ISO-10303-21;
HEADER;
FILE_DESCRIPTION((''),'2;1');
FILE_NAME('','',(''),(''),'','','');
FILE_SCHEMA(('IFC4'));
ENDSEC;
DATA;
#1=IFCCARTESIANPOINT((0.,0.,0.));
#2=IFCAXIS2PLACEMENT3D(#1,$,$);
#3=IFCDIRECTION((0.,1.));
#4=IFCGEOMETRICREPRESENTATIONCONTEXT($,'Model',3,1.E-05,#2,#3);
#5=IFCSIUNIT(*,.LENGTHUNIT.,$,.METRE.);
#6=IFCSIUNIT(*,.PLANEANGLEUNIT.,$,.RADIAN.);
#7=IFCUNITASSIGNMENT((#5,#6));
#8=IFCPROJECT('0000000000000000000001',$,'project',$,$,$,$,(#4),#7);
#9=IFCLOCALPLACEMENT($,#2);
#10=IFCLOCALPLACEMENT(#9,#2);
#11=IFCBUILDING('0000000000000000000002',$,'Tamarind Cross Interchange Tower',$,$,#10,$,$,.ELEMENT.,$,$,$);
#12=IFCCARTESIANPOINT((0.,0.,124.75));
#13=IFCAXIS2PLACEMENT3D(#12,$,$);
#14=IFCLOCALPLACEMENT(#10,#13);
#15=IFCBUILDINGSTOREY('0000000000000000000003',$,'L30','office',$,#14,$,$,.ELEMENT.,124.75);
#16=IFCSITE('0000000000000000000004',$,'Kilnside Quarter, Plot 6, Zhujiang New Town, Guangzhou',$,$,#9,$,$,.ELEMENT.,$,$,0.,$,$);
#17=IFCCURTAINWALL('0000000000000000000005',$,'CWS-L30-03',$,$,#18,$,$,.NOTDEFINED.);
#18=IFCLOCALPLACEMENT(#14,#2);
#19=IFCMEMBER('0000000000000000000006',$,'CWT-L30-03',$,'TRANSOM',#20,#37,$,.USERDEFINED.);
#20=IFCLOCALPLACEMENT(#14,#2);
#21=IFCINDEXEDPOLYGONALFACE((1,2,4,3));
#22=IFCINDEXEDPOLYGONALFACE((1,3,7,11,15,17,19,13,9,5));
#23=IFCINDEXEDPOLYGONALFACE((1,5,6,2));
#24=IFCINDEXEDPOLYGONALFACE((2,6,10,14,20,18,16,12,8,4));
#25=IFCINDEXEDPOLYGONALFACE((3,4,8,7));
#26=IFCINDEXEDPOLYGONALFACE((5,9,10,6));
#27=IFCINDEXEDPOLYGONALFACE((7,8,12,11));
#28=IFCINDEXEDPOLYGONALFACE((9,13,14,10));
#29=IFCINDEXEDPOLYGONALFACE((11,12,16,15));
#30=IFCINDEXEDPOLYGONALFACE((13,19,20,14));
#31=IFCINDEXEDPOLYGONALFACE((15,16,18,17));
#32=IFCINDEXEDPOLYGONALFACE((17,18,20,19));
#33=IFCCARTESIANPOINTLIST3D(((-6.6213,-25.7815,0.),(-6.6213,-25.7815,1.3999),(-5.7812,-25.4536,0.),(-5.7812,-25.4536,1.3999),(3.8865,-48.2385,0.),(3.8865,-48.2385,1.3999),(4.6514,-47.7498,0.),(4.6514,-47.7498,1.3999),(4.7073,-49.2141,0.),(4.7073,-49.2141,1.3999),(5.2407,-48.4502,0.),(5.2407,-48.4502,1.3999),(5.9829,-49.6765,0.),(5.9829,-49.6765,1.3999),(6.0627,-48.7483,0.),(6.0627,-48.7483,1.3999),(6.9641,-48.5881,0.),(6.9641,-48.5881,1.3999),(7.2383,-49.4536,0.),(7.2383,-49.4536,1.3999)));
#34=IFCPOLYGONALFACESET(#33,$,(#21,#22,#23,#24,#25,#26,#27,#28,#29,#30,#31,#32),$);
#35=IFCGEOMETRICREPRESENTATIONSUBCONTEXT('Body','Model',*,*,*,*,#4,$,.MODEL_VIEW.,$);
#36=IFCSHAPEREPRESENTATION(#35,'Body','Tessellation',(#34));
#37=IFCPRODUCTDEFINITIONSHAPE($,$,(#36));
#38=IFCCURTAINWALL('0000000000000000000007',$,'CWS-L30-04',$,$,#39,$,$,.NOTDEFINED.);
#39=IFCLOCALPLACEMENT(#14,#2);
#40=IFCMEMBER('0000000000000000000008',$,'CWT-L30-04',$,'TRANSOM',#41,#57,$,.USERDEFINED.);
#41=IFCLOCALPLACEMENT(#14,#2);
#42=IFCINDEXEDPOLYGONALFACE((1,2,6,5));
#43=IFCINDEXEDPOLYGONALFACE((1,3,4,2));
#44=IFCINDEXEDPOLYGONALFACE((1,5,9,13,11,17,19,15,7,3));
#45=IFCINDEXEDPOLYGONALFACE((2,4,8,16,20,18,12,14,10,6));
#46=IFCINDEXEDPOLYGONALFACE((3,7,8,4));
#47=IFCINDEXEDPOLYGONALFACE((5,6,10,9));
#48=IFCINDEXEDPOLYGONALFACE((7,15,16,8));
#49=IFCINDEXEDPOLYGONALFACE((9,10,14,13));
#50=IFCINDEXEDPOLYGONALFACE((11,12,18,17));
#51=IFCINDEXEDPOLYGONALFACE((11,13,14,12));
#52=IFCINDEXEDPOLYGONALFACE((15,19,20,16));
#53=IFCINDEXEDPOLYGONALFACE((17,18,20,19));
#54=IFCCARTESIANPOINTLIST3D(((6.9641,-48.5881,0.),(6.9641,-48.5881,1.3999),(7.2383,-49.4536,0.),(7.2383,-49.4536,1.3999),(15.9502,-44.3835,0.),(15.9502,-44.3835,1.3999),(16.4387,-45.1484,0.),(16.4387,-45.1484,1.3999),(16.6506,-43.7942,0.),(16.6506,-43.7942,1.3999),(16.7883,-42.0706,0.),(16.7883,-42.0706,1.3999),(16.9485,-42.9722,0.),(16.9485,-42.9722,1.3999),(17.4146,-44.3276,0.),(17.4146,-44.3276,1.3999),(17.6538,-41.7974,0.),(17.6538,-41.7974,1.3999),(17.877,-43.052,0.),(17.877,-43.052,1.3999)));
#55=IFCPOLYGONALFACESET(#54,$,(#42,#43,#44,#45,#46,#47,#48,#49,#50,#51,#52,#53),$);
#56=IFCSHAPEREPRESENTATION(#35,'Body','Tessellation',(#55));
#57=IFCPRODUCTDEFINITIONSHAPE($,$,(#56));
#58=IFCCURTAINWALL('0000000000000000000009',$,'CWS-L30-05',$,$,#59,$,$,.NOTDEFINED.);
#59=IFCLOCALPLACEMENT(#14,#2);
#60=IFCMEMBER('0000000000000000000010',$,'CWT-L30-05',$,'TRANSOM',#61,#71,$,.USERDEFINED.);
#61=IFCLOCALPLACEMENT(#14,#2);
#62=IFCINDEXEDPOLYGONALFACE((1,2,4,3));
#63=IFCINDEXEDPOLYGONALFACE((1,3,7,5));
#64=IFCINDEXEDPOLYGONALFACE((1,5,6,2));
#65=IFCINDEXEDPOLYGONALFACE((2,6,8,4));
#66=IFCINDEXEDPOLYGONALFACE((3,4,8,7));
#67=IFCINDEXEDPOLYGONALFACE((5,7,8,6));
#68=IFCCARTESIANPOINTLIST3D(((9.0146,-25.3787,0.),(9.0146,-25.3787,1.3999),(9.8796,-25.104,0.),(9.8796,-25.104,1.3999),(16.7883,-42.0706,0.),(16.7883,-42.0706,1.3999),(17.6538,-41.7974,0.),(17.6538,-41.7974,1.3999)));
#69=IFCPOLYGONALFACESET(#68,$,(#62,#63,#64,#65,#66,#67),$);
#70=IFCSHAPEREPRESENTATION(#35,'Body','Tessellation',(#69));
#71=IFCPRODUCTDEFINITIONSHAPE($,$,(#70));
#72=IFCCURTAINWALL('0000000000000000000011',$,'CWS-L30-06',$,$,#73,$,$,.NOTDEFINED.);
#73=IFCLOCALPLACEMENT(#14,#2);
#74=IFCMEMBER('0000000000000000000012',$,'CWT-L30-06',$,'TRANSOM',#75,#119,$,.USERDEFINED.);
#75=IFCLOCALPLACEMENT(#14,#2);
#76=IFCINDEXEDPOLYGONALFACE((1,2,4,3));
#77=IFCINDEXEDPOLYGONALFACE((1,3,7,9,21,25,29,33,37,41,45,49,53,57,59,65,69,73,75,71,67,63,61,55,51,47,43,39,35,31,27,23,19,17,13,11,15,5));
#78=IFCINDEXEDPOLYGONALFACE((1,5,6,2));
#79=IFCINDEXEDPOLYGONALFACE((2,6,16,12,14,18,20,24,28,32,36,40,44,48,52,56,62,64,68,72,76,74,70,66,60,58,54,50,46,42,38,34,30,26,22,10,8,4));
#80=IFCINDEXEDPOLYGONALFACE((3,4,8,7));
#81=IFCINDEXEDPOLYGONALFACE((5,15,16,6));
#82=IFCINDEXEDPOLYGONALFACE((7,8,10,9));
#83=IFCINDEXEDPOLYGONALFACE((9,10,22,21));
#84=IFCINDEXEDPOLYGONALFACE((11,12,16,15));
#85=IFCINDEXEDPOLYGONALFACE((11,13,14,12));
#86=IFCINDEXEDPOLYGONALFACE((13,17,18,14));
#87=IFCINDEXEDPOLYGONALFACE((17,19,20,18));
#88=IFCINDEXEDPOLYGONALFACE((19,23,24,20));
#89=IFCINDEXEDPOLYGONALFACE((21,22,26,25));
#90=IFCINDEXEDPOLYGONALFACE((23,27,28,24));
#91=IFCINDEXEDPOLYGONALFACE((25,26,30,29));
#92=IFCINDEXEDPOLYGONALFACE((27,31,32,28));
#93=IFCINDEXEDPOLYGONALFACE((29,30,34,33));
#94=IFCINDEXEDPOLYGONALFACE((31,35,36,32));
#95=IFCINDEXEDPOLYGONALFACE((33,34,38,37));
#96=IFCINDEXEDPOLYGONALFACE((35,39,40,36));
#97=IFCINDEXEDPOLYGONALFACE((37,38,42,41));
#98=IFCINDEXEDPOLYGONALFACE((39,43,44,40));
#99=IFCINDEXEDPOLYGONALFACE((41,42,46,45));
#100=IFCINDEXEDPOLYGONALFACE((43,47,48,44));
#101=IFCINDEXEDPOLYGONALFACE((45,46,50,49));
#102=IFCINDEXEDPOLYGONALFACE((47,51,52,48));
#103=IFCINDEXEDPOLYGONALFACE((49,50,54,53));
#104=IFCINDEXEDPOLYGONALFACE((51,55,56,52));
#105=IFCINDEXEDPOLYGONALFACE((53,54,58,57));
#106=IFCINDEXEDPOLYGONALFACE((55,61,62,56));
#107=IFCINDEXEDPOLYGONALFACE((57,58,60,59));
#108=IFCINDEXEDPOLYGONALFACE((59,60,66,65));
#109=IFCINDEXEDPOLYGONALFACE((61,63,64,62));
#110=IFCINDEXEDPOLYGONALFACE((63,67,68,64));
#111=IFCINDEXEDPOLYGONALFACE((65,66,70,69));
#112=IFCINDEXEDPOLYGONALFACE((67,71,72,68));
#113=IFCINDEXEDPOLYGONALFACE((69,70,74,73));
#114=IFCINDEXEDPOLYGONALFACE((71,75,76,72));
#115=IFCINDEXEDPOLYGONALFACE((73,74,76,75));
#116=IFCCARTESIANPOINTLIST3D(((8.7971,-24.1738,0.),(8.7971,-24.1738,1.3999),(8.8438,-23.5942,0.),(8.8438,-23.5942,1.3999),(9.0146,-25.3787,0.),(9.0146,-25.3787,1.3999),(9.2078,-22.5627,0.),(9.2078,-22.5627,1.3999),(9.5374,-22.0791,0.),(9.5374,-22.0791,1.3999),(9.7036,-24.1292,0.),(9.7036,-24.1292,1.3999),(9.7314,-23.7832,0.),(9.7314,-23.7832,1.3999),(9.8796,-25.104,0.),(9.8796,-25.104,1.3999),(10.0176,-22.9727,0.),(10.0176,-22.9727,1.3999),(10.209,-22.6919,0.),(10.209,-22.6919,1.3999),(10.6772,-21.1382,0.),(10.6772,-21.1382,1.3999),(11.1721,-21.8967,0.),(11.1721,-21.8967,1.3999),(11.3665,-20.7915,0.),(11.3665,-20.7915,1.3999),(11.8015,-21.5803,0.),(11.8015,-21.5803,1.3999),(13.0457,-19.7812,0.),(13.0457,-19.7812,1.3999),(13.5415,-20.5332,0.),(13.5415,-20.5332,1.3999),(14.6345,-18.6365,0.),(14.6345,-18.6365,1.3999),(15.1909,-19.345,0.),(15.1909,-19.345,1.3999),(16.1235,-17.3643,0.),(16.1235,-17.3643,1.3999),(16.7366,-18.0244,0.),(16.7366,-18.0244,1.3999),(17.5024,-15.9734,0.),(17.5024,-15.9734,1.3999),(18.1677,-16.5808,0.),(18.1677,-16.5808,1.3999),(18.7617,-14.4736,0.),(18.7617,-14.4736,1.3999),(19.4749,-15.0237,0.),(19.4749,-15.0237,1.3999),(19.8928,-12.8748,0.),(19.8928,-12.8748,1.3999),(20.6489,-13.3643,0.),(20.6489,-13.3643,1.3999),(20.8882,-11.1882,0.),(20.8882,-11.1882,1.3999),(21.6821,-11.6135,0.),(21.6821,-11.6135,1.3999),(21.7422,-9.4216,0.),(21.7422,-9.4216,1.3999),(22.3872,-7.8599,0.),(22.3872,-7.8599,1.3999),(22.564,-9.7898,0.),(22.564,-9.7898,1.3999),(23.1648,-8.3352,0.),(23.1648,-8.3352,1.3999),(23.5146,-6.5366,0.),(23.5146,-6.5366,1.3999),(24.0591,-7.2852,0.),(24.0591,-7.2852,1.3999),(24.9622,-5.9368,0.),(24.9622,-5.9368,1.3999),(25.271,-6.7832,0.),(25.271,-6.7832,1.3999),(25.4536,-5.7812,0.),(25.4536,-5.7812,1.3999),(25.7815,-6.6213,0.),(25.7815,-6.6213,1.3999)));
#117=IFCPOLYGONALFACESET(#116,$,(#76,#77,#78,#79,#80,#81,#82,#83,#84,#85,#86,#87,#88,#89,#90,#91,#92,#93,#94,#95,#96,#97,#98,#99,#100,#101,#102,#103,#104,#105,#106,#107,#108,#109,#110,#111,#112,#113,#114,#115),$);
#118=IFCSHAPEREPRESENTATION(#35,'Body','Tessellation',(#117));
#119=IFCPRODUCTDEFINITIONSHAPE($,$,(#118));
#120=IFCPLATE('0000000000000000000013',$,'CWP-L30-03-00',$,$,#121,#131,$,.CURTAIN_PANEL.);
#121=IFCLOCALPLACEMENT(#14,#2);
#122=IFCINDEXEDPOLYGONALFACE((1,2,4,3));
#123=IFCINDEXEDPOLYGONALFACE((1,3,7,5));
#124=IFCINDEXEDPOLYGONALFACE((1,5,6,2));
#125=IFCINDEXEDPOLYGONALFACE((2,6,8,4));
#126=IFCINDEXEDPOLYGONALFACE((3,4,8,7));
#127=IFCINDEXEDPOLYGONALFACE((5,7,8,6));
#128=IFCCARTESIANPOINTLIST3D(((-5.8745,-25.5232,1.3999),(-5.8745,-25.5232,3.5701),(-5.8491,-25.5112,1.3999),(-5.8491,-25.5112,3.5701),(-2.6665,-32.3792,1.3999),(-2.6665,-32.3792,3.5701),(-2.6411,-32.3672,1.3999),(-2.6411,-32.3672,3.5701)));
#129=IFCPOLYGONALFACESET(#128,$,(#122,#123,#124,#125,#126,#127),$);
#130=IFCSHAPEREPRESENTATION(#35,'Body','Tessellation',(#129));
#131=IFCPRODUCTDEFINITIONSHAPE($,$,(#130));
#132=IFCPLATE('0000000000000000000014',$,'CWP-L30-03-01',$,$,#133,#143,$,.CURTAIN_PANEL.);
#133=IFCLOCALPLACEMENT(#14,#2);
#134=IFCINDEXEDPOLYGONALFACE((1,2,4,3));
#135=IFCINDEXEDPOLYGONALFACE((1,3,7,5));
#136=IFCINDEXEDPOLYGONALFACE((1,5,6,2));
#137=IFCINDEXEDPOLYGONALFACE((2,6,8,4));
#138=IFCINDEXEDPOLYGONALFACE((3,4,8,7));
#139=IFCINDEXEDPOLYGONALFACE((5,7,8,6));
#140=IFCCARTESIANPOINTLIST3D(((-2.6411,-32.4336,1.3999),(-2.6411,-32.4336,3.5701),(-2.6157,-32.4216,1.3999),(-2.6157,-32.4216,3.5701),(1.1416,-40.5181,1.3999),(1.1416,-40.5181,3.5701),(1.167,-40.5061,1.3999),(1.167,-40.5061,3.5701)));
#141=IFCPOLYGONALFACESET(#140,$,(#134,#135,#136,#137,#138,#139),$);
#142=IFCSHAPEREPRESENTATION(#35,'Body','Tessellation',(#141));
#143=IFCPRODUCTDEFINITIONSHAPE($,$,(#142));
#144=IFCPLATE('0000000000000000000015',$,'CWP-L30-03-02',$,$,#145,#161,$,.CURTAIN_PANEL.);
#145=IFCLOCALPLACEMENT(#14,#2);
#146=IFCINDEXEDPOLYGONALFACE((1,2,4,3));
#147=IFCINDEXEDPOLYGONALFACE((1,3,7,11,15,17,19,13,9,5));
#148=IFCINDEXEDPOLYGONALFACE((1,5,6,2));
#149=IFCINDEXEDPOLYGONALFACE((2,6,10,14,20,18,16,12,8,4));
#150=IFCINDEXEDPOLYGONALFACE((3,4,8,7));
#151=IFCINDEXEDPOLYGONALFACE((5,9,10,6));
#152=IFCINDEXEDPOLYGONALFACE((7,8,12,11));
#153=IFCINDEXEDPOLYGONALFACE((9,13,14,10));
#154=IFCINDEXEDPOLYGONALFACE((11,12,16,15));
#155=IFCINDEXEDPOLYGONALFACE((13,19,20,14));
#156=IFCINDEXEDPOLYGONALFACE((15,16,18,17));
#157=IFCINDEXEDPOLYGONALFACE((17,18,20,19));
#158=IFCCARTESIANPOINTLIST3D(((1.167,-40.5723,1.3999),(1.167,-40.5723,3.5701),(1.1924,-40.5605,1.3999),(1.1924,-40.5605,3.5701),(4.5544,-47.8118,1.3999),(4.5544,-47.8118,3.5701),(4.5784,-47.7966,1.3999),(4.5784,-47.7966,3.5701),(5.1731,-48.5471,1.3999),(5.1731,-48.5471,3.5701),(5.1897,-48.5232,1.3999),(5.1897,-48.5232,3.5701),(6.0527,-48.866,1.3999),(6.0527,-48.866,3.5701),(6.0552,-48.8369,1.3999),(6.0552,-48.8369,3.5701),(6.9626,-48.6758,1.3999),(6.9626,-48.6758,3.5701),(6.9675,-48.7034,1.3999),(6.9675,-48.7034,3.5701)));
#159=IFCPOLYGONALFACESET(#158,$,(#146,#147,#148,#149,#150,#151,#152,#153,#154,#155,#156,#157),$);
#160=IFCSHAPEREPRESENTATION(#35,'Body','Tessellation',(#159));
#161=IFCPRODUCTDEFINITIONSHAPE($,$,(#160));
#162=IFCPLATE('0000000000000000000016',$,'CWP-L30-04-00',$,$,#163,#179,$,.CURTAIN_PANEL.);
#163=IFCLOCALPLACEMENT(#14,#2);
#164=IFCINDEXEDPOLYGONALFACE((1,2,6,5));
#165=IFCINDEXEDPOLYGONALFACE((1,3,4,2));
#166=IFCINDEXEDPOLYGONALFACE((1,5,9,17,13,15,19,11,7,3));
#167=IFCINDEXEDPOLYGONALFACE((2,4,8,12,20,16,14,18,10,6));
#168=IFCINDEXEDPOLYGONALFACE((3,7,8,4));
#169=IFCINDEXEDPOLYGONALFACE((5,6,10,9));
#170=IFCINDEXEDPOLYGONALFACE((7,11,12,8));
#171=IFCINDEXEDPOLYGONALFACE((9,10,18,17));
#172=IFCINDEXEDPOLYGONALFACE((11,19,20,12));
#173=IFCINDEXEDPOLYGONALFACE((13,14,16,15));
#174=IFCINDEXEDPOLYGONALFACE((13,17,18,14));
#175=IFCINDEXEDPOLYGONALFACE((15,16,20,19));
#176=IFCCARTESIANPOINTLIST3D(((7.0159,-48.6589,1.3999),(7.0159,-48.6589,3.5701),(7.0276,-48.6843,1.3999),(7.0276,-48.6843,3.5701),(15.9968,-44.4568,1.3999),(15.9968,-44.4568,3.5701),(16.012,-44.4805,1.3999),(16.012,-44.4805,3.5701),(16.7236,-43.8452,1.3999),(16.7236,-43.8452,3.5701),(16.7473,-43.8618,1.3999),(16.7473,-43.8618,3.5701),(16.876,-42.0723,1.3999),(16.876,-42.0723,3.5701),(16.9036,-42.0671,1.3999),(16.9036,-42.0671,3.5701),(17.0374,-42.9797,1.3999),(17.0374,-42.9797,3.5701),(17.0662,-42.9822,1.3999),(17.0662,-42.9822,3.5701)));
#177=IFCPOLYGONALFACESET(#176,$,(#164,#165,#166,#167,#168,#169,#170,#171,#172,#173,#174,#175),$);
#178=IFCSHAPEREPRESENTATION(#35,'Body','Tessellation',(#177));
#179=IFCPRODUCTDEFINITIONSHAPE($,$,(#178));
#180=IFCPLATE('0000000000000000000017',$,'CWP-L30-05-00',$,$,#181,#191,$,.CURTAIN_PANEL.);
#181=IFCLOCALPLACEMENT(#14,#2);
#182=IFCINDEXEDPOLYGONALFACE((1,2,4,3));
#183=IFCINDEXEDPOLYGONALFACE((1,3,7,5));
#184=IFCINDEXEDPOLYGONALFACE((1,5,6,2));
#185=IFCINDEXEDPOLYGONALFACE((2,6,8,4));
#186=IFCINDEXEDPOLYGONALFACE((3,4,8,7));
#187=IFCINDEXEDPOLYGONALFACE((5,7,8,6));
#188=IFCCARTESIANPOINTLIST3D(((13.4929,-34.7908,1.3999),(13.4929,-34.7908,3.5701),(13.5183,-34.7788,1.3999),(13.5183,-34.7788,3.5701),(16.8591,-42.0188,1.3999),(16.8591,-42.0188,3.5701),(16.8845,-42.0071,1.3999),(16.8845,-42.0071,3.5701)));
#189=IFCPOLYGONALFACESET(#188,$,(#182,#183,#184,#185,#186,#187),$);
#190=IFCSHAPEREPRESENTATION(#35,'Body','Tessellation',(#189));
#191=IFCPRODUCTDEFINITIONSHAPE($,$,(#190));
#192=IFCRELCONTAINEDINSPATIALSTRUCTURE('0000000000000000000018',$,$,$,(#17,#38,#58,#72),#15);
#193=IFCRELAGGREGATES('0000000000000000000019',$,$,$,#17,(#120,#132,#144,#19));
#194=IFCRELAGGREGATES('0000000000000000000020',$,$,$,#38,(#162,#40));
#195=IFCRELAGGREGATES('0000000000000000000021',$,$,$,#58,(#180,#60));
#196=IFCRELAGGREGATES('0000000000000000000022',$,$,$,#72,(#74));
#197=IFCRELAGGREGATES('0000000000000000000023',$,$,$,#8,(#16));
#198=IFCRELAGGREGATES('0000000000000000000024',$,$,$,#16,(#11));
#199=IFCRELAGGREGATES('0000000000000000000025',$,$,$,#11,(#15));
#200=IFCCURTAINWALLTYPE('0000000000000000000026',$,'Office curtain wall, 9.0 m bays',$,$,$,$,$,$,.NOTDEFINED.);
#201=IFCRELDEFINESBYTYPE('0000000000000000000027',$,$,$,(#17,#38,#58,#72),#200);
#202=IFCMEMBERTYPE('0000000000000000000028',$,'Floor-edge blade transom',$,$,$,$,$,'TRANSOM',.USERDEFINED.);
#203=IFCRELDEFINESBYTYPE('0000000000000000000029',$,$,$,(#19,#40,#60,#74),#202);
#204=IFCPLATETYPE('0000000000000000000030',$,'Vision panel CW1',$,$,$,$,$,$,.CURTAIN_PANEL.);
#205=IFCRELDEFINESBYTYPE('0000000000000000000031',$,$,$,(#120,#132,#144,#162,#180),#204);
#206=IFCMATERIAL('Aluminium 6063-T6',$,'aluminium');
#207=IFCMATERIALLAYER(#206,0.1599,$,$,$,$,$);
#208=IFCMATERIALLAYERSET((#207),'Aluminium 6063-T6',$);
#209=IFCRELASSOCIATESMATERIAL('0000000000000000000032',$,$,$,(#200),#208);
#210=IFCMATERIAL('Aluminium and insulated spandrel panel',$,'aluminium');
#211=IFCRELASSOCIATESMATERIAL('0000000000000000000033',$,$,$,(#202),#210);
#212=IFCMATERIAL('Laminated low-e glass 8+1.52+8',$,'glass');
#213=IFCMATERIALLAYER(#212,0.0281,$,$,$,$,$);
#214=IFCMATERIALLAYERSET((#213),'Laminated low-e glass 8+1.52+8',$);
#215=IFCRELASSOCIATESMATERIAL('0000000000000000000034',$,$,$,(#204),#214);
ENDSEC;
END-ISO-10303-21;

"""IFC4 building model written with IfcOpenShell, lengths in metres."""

from ifc_helpers import new_model, si_unit, direction, frame, origin, place, context, subcontext, project, spatial, polyline, outline, extrude, material, layer, layer_set, type_object, element, aggregate, save


model = new_model("IFC4")

# Units and contexts
model_context = context("Model", 3, precision=1e-05, world=origin(), true_north=direction((0.0, 1.0)))
body_context = subcontext(model_context, "Body", "Model", "MODEL_VIEW")
ifc_project = project(units=[si_unit("LENGTHUNIT", "METRE"), si_unit("PLANEANGLEUNIT", "RADIAN")], contexts=[model_context])

# Site, building, storey
site_placement = place(None, origin())
site = spatial("IfcSite", under=ifc_project, at=site_placement, Name="Kilnside Quarter, Plot 6, Zhujiang New Town, Guangzhou", CompositionType="ELEMENT", RefElevation=0.0)
building_placement = place(site_placement, origin())
building = spatial("IfcBuilding", under=site, at=building_placement, Name="Tamarind Cross Interchange Tower", CompositionType="ELEMENT")
storey_placement = place(building_placement, frame((0.0, 0.0, 124.75)))
storey = spatial("IfcBuildingStorey", under=building, at=storey_placement, Name="L30", Description="office", CompositionType="ELEMENT", Elevation=124.75)

# Curtain walls, members
ifc_material_1 = material(Name="Aluminium 6063-T6", Category="aluminium")
ifc_layer_1 = layer(ifc_material_1, 0.1599)
ifc_layer_set_1 = layer_set([ifc_layer_1], Name="Aluminium 6063-T6")
curtain_wall_type = type_object("IfcCurtainWallType", Name="Office curtain wall, 9.0 m bays", PredefinedType="NOTDEFINED", material=ifc_layer_set_1)
ifc_material_2 = material(Name="Aluminium and insulated spandrel panel", Category="aluminium")
member_type = type_object("IfcMemberType", Name="Floor-edge blade transom", ElementType="TRANSOM", PredefinedType="USERDEFINED", material=ifc_material_2)
curtain_wall_1_placement = place(storey_placement, origin())
curtain_wall_1 = element("IfcCurtainWall", 1, at=curtain_wall_1_placement, inside=storey, type_object=curtain_wall_type, Name="CWS-L30-03", PredefinedType="NOTDEFINED")
member_1_placement = place(storey_placement, origin())
member_1 = element("IfcMember", 2, at=member_1_placement, type_object=member_type, Name="CWT-L30-03", ObjectType="TRANSOM", PredefinedType="USERDEFINED", context=body_context, shape_type="SweptSolid", body=[
    extrude(outline(polyline([(-5.7812, -25.4536), (4.6514, -47.7498), (5.2407, -48.4502), (6.0627, -48.7483), (6.9641, -48.5881), (7.2383, -49.4536), (5.9829, -49.6765), (4.7073, -49.2141), (3.8865, -48.2385), (-6.6213, -25.7815), (-5.7812, -25.4536)])), origin(), (0.0, 0.0, 1.0), 1.3999),
])
curtain_wall_2_placement = place(storey_placement, origin())
curtain_wall_2 = element("IfcCurtainWall", 3, at=curtain_wall_2_placement, inside=storey, type_object=curtain_wall_type, Name="CWS-L30-04", PredefinedType="NOTDEFINED")
member_2_placement = place(storey_placement, origin())
member_2 = element("IfcMember", 4, at=member_2_placement, type_object=member_type, Name="CWT-L30-04", ObjectType="TRANSOM", PredefinedType="USERDEFINED", context=body_context, shape_type="SweptSolid", body=[
    extrude(outline(polyline([(6.9641, -48.5881), (15.9502, -44.3835), (16.6506, -43.7942), (16.9485, -42.9722), (16.7883, -42.0706), (17.6538, -41.7974), (17.877, -43.052), (17.4146, -44.3276), (16.4387, -45.1484), (7.2383, -49.4536), (6.9641, -48.5881)])), origin(), (0.0, 0.0, 1.0), 1.3999),
])
curtain_wall_3_placement = place(storey_placement, origin())
curtain_wall_3 = element("IfcCurtainWall", 5, at=curtain_wall_3_placement, inside=storey, type_object=curtain_wall_type, Name="CWS-L30-05", PredefinedType="NOTDEFINED")
member_3_placement = place(storey_placement, origin())
member_3 = element("IfcMember", 6, at=member_3_placement, type_object=member_type, Name="CWT-L30-05", ObjectType="TRANSOM", PredefinedType="USERDEFINED", context=body_context, shape_type="SweptSolid", body=[
    extrude(outline(polyline([(16.7883, -42.0706), (9.0146, -25.3787), (9.8796, -25.104), (17.6538, -41.7974), (16.7883, -42.0706)])), origin(), (0.0, 0.0, 1.0), 1.3999),
])
curtain_wall_4_placement = place(storey_placement, origin())
curtain_wall_4 = element("IfcCurtainWall", 7, at=curtain_wall_4_placement, inside=storey, type_object=curtain_wall_type, Name="CWS-L30-06", PredefinedType="NOTDEFINED")
member_4_placement = place(storey_placement, origin())
member_4 = element("IfcMember", 8, at=member_4_placement, type_object=member_type, Name="CWT-L30-06", ObjectType="TRANSOM", PredefinedType="USERDEFINED", context=body_context, shape_type="SweptSolid", body=[
    extrude(outline(polyline([(9.0146, -25.3787), (8.7971, -24.1738), (8.8438, -23.5942), (9.2078, -22.5627), (9.5374, -22.0791), (10.6772, -21.1382), (11.3665, -20.7915), (13.0457, -19.7812), (14.6345, -18.6365), (16.1235, -17.3643), (17.5024, -15.9734), (18.7617, -14.4736), (19.8928, -12.8748), (20.8882, -11.1882), (21.7422, -9.4216), (22.3872, -7.8599), (23.5146, -6.5366), (24.9622, -5.9368), (25.4536, -5.7812), (25.7815, -6.6213), (25.271, -6.7832), (24.0591, -7.2852), (23.1648, -8.3352), (22.564, -9.7898), (21.6821, -11.6135), (20.6489, -13.3643), (19.4749, -15.0237), (18.1677, -16.5808), (16.7366, -18.0244), (15.1909, -19.345), (13.5415, -20.5332), (11.8015, -21.5803), (11.1721, -21.8967), (10.209, -22.6919), (10.0176, -22.9727), (9.7314, -23.7832), (9.7036, -24.1292), (9.8796, -25.104), (9.0146, -25.3787)])), origin(), (0.0, 0.0, 1.0), 1.3999),
])

# Plates
ifc_material_3 = material(Name="Laminated low-e glass 8+1.52+8", Category="glass")
ifc_layer_2 = layer(ifc_material_3, 0.0281)
ifc_layer_set_2 = layer_set([ifc_layer_2], Name="Laminated low-e glass 8+1.52+8")
plate_type = type_object("IfcPlateType", Name="Vision panel CW1", PredefinedType="CURTAIN_PANEL", material=ifc_layer_set_2)
plate_1_placement = place(storey_placement, frame((0.0, 0.0, 1.3999)))
plate_1 = element("IfcPlate", 9, at=plate_1_placement, type_object=plate_type, Name="CWP-L30-03-00", PredefinedType="CURTAIN_PANEL", context=body_context, shape_type="SweptSolid", body=[
    extrude(outline(polyline([(-5.8491, -25.5112), (-2.6411, -32.3672), (-2.6665, -32.3792), (-5.8745, -25.5232), (-5.8491, -25.5112)])), origin(), (0.0, 0.0, 1.0), 2.1702),
])
plate_2_placement = place(storey_placement, frame((0.0, 0.0, 1.3999)))
plate_2 = element("IfcPlate", 10, at=plate_2_placement, type_object=plate_type, Name="CWP-L30-03-01", PredefinedType="CURTAIN_PANEL", context=body_context, shape_type="SweptSolid", body=[
    extrude(outline(polyline([(-2.6157, -32.4216), (1.167, -40.5061), (1.1416, -40.5181), (-2.6411, -32.4336), (-2.6157, -32.4216)])), origin(), (0.0, 0.0, 1.0), 2.1702),
])
plate_3_placement = place(storey_placement, frame((0.0, 0.0, 1.3999)))
plate_3 = element("IfcPlate", 11, at=plate_3_placement, type_object=plate_type, Name="CWP-L30-03-02", PredefinedType="CURTAIN_PANEL", context=body_context, shape_type="SweptSolid", body=[
    extrude(outline(polyline([(1.1924, -40.5605), (4.5784, -47.7966), (5.1897, -48.5232), (6.0552, -48.8369), (6.9626, -48.6758), (6.9675, -48.7034), (6.0527, -48.866), (5.1731, -48.5471), (4.5544, -47.8118), (1.167, -40.5723), (1.1924, -40.5605)])), origin(), (0.0, 0.0, 1.0), 2.1702),
])
aggregate(curtain_wall_1, [plate_1, plate_2, plate_3, member_1])
plate_4_placement = place(storey_placement, frame((0.0, 0.0, 1.3999)))
plate_4 = element("IfcPlate", 12, at=plate_4_placement, type_object=plate_type, Name="CWP-L30-04-00", PredefinedType="CURTAIN_PANEL", context=body_context, shape_type="SweptSolid", body=[
    extrude(outline(polyline([(7.0159, -48.6589), (15.9968, -44.4568), (16.7236, -43.8452), (17.0374, -42.9797), (16.876, -42.0723), (16.9036, -42.0671), (17.0662, -42.9822), (16.7473, -43.8618), (16.012, -44.4805), (7.0276, -48.6843), (7.0159, -48.6589)])), origin(), (0.0, 0.0, 1.0), 2.1702),
])
aggregate(curtain_wall_2, [plate_4, member_2])
plate_5_placement = place(storey_placement, frame((0.0, 0.0, 1.3999)))
plate_5 = element("IfcPlate", 13, at=plate_5_placement, type_object=plate_type, Name="CWP-L30-05-00", PredefinedType="CURTAIN_PANEL", context=body_context, shape_type="SweptSolid", body=[
    extrude(outline(polyline([(16.8591, -42.0188), (13.4929, -34.7908), (13.5183, -34.7788), (16.8845, -42.0071), (16.8591, -42.0188)])), origin(), (0.0, 0.0, 1.0), 2.1702),
])
aggregate(curtain_wall_3, [plate_5, member_3])
aggregate(curtain_wall_4, [member_4])

save(model, "model.ifc")
